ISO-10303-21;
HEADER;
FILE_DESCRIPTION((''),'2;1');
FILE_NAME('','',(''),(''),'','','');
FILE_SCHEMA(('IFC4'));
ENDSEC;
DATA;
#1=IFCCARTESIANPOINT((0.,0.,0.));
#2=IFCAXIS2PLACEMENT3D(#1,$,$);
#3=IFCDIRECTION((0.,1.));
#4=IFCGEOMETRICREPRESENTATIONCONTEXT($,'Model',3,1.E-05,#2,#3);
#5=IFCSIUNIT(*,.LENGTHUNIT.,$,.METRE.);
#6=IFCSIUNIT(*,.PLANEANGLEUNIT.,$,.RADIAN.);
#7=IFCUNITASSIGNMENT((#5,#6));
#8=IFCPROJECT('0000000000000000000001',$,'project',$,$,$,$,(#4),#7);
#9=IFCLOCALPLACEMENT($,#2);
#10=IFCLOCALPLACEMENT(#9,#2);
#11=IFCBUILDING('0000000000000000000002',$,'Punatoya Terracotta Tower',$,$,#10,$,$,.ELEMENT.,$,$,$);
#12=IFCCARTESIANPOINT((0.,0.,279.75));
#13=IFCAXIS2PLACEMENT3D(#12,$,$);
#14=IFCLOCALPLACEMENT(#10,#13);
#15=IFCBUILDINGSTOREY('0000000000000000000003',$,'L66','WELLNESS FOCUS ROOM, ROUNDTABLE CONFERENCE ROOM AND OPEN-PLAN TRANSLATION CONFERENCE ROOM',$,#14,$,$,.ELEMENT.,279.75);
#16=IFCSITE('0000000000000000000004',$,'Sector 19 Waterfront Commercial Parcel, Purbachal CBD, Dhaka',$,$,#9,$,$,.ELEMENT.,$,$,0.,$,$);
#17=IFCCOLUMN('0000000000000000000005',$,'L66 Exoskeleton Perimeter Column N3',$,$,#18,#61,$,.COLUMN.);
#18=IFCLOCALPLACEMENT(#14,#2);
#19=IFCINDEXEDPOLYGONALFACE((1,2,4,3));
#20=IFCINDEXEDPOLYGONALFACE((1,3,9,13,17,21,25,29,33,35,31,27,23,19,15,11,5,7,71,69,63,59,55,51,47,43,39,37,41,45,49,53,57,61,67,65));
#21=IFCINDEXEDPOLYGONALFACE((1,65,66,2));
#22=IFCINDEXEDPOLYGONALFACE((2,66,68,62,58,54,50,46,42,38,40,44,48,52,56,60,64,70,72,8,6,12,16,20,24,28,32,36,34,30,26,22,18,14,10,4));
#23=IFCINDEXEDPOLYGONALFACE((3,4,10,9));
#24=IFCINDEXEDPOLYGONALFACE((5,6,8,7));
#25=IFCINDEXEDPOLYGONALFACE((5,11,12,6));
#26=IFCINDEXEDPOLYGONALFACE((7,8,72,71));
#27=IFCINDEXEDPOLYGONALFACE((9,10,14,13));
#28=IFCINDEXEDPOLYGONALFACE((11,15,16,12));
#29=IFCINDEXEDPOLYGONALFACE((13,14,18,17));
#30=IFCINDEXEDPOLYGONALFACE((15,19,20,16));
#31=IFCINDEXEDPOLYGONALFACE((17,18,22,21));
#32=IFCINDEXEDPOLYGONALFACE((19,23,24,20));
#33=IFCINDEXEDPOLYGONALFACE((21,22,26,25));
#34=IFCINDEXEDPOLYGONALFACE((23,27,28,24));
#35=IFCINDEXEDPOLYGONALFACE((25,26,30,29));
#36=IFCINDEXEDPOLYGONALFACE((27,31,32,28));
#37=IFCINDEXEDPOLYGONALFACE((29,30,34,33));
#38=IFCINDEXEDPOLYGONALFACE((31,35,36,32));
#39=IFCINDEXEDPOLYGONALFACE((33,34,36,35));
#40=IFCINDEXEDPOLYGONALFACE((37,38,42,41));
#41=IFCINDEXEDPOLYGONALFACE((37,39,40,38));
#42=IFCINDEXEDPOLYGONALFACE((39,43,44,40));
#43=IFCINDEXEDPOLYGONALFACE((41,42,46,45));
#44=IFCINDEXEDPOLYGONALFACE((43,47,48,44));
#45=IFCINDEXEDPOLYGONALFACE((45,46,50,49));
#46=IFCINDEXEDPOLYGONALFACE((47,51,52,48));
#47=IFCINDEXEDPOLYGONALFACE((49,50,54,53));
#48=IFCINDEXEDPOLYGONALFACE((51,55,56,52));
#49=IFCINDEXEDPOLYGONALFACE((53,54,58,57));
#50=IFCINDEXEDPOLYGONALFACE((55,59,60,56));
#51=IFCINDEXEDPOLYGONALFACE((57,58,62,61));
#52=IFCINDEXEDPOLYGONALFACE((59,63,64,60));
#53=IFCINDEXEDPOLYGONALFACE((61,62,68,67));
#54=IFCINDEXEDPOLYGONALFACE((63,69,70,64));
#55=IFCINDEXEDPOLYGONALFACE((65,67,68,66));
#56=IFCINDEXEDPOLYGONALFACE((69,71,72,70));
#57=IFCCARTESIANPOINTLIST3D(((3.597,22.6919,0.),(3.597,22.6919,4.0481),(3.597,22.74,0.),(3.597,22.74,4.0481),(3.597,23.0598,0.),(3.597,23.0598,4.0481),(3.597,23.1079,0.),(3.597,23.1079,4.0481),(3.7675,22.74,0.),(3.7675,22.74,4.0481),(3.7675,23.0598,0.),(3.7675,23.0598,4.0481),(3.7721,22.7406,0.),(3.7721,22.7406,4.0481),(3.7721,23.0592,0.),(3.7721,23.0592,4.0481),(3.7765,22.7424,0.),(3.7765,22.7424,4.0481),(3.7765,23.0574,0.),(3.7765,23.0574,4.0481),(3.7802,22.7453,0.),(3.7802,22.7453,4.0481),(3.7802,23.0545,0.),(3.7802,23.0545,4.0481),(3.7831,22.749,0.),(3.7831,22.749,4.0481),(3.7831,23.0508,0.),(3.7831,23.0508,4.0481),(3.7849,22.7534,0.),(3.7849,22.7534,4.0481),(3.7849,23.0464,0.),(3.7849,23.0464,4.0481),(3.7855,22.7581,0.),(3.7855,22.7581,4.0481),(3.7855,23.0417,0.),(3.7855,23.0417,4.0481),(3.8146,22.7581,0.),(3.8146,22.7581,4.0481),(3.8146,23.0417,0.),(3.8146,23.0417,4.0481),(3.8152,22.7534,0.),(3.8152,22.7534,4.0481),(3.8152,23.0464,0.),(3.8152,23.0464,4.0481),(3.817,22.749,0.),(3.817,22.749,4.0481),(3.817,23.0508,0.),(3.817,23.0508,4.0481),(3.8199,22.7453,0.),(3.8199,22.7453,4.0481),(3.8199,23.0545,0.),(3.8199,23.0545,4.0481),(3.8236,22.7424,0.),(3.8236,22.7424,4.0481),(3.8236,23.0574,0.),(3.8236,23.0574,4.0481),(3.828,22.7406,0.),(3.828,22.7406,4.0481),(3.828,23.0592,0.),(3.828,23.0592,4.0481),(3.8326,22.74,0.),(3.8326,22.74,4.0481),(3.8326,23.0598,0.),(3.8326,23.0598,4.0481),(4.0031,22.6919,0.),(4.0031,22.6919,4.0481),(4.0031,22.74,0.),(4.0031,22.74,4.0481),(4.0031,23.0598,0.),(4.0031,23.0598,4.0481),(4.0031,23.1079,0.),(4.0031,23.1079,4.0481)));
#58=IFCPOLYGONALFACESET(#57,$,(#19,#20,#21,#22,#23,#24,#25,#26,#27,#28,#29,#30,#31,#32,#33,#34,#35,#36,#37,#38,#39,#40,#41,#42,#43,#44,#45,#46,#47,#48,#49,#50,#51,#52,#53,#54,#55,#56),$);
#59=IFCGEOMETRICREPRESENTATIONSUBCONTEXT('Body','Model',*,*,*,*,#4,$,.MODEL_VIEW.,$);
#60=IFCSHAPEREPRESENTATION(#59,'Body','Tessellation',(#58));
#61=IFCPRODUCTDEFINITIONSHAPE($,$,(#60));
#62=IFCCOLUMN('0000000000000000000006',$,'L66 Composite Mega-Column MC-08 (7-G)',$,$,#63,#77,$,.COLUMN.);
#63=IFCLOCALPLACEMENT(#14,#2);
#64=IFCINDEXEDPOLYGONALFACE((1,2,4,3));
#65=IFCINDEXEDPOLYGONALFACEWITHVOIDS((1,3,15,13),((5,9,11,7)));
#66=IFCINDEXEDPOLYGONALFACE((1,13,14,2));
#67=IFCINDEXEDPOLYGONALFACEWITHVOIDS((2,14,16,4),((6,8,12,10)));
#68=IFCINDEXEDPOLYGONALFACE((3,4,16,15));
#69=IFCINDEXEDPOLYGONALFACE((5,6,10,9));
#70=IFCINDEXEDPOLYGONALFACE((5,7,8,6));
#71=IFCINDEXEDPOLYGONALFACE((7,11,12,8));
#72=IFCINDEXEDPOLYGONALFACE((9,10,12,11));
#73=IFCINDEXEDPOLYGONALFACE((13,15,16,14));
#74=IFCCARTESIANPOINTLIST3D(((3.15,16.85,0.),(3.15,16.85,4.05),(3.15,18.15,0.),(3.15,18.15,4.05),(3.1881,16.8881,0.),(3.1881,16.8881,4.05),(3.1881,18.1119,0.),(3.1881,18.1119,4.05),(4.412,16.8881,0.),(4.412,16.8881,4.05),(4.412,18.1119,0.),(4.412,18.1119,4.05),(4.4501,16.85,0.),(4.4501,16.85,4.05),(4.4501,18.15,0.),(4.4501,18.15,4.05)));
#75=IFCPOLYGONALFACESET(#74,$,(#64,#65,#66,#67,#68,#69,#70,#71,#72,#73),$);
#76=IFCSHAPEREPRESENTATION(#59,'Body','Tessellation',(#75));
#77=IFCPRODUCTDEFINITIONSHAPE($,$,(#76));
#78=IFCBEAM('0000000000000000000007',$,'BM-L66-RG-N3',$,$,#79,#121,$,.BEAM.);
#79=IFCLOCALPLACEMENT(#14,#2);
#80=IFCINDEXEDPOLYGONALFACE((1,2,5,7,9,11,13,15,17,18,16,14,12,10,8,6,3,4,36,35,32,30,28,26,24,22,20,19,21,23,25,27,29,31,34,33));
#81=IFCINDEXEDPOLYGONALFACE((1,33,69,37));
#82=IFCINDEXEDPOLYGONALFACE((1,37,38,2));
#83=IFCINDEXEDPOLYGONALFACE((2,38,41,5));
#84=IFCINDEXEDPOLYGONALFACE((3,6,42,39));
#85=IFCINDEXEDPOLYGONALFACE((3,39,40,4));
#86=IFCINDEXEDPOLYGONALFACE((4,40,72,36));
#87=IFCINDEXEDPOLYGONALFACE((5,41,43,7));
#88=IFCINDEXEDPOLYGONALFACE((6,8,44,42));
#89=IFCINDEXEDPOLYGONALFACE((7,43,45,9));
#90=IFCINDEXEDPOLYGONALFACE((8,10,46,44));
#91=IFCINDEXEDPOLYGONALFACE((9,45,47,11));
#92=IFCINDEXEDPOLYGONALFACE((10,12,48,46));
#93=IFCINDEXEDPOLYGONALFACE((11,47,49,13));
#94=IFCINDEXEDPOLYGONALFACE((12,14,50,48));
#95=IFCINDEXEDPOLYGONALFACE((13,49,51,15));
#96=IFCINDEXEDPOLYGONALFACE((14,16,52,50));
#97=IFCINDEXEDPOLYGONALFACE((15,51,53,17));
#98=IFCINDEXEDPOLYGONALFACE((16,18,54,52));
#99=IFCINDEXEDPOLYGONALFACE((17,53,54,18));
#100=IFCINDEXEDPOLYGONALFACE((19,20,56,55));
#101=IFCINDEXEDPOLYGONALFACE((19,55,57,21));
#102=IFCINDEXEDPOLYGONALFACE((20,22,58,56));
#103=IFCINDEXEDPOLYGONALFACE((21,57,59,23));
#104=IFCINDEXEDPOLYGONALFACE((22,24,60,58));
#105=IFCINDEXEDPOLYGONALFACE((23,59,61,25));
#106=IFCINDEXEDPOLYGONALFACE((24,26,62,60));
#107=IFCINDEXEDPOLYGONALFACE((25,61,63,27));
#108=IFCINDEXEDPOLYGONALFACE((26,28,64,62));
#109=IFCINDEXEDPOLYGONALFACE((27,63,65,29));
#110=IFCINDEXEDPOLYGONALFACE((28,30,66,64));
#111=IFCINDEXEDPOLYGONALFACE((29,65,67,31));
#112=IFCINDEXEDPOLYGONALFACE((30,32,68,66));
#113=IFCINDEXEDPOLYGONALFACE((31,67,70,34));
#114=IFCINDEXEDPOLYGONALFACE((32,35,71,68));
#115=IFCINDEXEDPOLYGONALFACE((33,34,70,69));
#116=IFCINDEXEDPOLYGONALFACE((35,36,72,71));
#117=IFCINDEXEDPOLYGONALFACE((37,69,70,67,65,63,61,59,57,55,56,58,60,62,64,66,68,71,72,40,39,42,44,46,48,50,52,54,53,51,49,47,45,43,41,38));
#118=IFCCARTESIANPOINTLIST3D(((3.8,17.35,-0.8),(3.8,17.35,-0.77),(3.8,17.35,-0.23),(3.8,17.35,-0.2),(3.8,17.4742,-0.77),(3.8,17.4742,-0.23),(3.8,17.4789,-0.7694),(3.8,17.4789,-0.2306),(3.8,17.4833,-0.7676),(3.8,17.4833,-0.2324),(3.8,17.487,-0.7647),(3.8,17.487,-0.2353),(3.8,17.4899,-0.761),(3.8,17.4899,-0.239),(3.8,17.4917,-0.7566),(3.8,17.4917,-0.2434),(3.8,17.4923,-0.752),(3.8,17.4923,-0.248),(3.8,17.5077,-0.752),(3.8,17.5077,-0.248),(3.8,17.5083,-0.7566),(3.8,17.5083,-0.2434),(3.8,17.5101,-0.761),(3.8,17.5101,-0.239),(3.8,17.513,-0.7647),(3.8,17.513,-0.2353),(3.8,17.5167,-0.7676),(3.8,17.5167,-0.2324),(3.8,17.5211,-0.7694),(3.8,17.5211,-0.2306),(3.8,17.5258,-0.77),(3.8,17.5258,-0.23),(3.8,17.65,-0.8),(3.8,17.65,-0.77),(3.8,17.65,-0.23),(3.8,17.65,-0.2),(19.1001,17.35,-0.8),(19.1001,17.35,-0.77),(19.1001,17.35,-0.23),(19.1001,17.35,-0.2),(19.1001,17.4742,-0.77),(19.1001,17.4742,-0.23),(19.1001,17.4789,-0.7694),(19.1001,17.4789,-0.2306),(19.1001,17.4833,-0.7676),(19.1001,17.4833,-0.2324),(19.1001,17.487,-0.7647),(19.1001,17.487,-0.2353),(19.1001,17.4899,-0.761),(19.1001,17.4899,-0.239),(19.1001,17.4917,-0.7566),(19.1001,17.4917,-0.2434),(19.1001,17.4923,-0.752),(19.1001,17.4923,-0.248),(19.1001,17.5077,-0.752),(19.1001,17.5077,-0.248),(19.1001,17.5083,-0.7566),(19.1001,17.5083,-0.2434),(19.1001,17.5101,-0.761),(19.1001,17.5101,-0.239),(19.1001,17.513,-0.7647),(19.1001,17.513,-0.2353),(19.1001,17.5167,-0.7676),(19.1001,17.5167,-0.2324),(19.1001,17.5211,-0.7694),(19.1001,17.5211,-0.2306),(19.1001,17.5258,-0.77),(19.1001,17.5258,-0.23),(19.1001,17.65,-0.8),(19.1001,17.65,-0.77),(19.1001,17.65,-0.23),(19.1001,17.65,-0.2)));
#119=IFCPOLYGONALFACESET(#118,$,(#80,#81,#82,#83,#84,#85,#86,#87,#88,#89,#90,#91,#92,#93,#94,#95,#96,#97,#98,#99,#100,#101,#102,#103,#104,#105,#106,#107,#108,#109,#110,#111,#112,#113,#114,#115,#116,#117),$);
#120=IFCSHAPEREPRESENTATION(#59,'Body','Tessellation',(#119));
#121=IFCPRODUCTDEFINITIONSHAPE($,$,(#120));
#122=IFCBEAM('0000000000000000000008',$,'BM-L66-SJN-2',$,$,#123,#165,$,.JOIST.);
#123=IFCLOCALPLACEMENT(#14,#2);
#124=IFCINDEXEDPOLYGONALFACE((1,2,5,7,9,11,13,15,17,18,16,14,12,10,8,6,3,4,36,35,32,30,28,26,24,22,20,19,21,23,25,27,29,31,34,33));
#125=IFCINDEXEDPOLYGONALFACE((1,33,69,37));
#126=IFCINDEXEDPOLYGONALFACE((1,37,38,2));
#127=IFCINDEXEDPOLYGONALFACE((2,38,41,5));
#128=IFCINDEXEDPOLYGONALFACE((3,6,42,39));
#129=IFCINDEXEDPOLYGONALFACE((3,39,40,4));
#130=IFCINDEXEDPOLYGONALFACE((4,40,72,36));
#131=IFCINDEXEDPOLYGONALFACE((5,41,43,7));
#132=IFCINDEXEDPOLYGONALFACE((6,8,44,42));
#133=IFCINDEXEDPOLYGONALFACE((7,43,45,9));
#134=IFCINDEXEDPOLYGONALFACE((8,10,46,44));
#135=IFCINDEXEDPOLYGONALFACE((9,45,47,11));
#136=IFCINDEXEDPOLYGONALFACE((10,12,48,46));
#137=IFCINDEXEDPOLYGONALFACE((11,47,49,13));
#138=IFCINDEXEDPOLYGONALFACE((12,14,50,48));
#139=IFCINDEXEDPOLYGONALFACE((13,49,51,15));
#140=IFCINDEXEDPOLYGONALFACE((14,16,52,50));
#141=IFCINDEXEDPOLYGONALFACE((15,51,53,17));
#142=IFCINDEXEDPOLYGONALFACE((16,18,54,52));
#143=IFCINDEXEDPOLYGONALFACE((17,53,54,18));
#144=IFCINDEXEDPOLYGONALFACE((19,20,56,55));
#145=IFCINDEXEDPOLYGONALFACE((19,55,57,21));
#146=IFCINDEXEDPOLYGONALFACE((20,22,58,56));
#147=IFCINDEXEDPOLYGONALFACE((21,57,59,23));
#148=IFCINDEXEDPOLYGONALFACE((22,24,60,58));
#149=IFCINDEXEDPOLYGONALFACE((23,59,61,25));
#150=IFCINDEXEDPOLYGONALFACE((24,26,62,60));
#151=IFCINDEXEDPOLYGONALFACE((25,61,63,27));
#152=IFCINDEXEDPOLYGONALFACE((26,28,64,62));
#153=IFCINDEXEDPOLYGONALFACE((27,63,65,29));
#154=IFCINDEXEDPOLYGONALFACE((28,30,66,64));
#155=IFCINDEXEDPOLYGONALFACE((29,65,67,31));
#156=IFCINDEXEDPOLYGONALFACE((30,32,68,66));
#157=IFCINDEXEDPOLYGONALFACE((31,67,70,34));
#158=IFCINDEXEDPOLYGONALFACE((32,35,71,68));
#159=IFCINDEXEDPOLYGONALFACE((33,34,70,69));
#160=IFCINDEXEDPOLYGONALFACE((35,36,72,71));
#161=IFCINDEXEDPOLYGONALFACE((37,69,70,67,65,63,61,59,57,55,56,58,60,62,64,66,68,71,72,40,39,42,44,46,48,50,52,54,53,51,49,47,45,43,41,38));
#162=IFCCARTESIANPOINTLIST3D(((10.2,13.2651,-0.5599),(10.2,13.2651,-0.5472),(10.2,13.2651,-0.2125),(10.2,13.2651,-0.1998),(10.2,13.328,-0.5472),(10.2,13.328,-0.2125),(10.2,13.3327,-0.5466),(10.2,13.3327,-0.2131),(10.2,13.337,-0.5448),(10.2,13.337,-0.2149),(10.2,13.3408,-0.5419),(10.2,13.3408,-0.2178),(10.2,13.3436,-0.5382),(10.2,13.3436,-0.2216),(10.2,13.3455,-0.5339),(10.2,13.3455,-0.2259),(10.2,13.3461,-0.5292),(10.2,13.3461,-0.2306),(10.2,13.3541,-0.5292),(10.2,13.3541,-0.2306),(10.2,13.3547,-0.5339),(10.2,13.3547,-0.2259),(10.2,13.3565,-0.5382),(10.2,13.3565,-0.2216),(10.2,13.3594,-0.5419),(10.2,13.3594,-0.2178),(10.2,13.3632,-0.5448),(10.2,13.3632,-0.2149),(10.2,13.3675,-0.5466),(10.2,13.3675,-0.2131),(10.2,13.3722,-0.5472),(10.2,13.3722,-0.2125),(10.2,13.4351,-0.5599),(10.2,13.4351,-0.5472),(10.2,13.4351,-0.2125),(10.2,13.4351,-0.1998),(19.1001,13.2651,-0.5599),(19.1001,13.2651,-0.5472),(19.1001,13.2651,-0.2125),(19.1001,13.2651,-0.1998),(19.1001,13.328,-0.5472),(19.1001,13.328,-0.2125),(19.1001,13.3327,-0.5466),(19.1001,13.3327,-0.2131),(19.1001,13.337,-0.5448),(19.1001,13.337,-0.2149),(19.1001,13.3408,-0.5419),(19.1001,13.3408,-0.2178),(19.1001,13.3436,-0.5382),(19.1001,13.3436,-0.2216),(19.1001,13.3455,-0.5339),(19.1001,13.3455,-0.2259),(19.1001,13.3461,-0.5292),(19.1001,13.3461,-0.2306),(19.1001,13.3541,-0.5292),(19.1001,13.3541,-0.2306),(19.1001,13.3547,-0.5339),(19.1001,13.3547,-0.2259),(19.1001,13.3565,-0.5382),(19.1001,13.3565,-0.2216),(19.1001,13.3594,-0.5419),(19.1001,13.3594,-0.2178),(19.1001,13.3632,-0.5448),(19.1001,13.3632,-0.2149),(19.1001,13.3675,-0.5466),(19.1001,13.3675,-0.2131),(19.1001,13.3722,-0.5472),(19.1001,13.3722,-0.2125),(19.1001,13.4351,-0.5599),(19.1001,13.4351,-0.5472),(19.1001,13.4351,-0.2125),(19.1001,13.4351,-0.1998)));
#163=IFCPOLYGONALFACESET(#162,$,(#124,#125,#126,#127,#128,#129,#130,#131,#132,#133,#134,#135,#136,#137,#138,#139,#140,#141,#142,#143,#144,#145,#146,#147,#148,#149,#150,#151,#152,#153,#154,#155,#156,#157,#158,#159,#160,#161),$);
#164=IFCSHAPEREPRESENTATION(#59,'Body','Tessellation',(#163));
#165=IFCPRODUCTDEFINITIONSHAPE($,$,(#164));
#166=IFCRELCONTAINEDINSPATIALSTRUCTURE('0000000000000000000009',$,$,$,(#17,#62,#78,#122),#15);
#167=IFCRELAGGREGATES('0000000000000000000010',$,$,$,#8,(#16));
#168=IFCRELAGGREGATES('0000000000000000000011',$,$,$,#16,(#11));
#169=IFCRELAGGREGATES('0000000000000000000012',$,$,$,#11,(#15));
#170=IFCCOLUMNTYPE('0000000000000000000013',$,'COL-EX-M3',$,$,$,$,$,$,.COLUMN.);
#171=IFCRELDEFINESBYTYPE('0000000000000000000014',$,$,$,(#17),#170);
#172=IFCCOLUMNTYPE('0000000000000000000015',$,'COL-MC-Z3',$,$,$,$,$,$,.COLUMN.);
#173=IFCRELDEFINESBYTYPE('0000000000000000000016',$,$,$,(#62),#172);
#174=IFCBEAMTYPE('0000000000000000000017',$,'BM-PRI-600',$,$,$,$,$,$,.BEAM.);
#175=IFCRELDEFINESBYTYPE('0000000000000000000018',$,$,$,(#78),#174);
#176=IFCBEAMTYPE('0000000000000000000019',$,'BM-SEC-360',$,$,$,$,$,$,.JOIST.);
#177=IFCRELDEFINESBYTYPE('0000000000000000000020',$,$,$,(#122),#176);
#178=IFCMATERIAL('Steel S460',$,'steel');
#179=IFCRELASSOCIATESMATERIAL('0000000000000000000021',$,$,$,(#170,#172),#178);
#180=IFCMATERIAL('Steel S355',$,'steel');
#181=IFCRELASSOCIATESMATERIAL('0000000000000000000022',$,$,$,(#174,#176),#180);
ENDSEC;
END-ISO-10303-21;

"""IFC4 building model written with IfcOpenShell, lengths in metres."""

from ifc_helpers import new_model, si_unit, direction, frame, origin, origin_2d, place, context, subcontext, project, spatial, hollow_rectangle, i_section, extrude, material, material_profile, profile_set, type_object, element, save


model = new_model("IFC4")

# Units and contexts
model_context = context("Model", 3, precision=1e-05, world=origin(), true_north=direction((0.0, 1.0)))
body_context = subcontext(model_context, "Body", "Model", "MODEL_VIEW")
ifc_project = project(units=[si_unit("LENGTHUNIT", "METRE"), si_unit("PLANEANGLEUNIT", "RADIAN")], contexts=[model_context])

# Site, building, storey
site_placement = place(None, origin())
site = spatial("IfcSite", under=ifc_project, at=site_placement, Name="Sector 19 Waterfront Commercial Parcel, Purbachal CBD, Dhaka", CompositionType="ELEMENT", RefElevation=0.0)
building_placement = place(site_placement, origin())
building = spatial("IfcBuilding", under=site, at=building_placement, Name="Punatoya Terracotta Tower", CompositionType="ELEMENT")
storey_placement = place(building_placement, frame((0.0, 0.0, 279.75)))
storey = spatial("IfcBuildingStorey", under=building, at=storey_placement, Name="L66", Description="WELLNESS FOCUS ROOM, ROUNDTABLE CONFERENCE ROOM AND OPEN-PLAN TRANSLATION CONFERENCE ROOM", CompositionType="ELEMENT", Elevation=279.75)

# Columns
ifc_material_1 = material(Name="Steel S460", Category="steel")
ifc_material_profile_1 = material_profile(ifc_material_1, i_section(OverallWidth=0.406, OverallDepth=0.416, WebThickness=0.0291, FlangeThickness=0.0481, FilletRadius=0.0181, at=origin_2d()))
ifc_profile_set_1 = profile_set([ifc_material_profile_1], Name="Steel S460")
column_type_1 = type_object("IfcColumnType", Name="COL-EX-M3", PredefinedType="COLUMN", material=ifc_profile_set_1)
column_1_placement = place(storey_placement, frame((3.8, 22.8999, 0.0), z_axis=(0.0, 0.0, 1.0), x_axis=(1.0, 0.0, 0.0)))
element("IfcColumn", 1, at=column_1_placement, inside=storey, type_object=column_type_1, Name="L66 Exoskeleton Perimeter Column N3", PredefinedType="COLUMN", context=body_context, shape_type="SweptSolid", body=[
    extrude(i_section(OverallWidth=0.406, OverallDepth=0.416, WebThickness=0.0291, FlangeThickness=0.0481, FilletRadius=0.0181, at=origin_2d()), origin(), (0.0, 0.0, 1.0), 4.0481),
])
ifc_material_profile_2 = material_profile(ifc_material_1, hollow_rectangle(XDim=1.3, YDim=1.3, WallThickness=0.0381, at=origin_2d()))
ifc_profile_set_2 = profile_set([ifc_material_profile_2], Name="Steel S460")
column_type_2 = type_object("IfcColumnType", Name="COL-MC-Z3", PredefinedType="COLUMN", material=ifc_profile_set_2)
column_2_placement = place(storey_placement, frame((3.8, 17.5, 0.0), z_axis=(0.0, 0.0, 1.0), x_axis=(1.0, 0.0, 0.0)))
element("IfcColumn", 2, at=column_2_placement, inside=storey, type_object=column_type_2, Name="L66 Composite Mega-Column MC-08 (7-G)", PredefinedType="COLUMN", context=body_context, shape_type="SweptSolid", body=[
    extrude(hollow_rectangle(XDim=1.3, YDim=1.3, WallThickness=0.0381, at=origin_2d()), origin(), (0.0, 0.0, 1.0), 4.05),
])

# Beams
ifc_material_2 = material(Name="Steel S355", Category="steel")
ifc_material_profile_3 = material_profile(ifc_material_2, i_section(OverallWidth=0.3, OverallDepth=0.6001, WebThickness=0.0154, FlangeThickness=0.03, FilletRadius=0.0181, at=origin_2d()))
ifc_profile_set_3 = profile_set([ifc_material_profile_3], Name="Steel S355")
beam_type_1 = type_object("IfcBeamType", Name="BM-PRI-600", PredefinedType="BEAM", material=ifc_profile_set_3)
beam_1_placement = place(storey_placement, frame((3.8, 17.5, -0.5), z_axis=(1.0, 0.0, 0.0), x_axis=(0.0, 1.0, 0.0)))
element("IfcBeam", 3, at=beam_1_placement, inside=storey, type_object=beam_type_1, Name="BM-L66-RG-N3", PredefinedType="BEAM", context=body_context, shape_type="SweptSolid", body=[
    extrude(i_section(OverallWidth=0.3, OverallDepth=0.6001, WebThickness=0.0154, FlangeThickness=0.03, FilletRadius=0.0181, at=origin_2d()), origin(), (0.0, 0.0, 1.0), 15.3),
])
ifc_material_profile_4 = material_profile(ifc_material_2, i_section(OverallWidth=0.1699, OverallDepth=0.3601, WebThickness=0.0081, FlangeThickness=0.0127, FilletRadius=0.0181, at=origin_2d()))
ifc_profile_set_4 = profile_set([ifc_material_profile_4], Name="Steel S355")
beam_type_2 = type_object("IfcBeamType", Name="BM-SEC-360", PredefinedType="JOIST", material=ifc_profile_set_4)
beam_2_placement = place(storey_placement, frame((10.2, 13.3501, -0.3799), z_axis=(1.0, 0.0, 0.0), x_axis=(0.0, 1.0, 0.0)))
element("IfcBeam", 4, at=beam_2_placement, inside=storey, type_object=beam_type_2, Name="BM-L66-SJN-2", PredefinedType="JOIST", context=body_context, shape_type="SweptSolid", body=[
    extrude(i_section(OverallWidth=0.1699, OverallDepth=0.3601, WebThickness=0.0081, FlangeThickness=0.0127, FilletRadius=0.0181, at=origin_2d()), origin(), (0.0, 0.0, 1.0), 8.9001),
])

save(model, "model.ifc")
